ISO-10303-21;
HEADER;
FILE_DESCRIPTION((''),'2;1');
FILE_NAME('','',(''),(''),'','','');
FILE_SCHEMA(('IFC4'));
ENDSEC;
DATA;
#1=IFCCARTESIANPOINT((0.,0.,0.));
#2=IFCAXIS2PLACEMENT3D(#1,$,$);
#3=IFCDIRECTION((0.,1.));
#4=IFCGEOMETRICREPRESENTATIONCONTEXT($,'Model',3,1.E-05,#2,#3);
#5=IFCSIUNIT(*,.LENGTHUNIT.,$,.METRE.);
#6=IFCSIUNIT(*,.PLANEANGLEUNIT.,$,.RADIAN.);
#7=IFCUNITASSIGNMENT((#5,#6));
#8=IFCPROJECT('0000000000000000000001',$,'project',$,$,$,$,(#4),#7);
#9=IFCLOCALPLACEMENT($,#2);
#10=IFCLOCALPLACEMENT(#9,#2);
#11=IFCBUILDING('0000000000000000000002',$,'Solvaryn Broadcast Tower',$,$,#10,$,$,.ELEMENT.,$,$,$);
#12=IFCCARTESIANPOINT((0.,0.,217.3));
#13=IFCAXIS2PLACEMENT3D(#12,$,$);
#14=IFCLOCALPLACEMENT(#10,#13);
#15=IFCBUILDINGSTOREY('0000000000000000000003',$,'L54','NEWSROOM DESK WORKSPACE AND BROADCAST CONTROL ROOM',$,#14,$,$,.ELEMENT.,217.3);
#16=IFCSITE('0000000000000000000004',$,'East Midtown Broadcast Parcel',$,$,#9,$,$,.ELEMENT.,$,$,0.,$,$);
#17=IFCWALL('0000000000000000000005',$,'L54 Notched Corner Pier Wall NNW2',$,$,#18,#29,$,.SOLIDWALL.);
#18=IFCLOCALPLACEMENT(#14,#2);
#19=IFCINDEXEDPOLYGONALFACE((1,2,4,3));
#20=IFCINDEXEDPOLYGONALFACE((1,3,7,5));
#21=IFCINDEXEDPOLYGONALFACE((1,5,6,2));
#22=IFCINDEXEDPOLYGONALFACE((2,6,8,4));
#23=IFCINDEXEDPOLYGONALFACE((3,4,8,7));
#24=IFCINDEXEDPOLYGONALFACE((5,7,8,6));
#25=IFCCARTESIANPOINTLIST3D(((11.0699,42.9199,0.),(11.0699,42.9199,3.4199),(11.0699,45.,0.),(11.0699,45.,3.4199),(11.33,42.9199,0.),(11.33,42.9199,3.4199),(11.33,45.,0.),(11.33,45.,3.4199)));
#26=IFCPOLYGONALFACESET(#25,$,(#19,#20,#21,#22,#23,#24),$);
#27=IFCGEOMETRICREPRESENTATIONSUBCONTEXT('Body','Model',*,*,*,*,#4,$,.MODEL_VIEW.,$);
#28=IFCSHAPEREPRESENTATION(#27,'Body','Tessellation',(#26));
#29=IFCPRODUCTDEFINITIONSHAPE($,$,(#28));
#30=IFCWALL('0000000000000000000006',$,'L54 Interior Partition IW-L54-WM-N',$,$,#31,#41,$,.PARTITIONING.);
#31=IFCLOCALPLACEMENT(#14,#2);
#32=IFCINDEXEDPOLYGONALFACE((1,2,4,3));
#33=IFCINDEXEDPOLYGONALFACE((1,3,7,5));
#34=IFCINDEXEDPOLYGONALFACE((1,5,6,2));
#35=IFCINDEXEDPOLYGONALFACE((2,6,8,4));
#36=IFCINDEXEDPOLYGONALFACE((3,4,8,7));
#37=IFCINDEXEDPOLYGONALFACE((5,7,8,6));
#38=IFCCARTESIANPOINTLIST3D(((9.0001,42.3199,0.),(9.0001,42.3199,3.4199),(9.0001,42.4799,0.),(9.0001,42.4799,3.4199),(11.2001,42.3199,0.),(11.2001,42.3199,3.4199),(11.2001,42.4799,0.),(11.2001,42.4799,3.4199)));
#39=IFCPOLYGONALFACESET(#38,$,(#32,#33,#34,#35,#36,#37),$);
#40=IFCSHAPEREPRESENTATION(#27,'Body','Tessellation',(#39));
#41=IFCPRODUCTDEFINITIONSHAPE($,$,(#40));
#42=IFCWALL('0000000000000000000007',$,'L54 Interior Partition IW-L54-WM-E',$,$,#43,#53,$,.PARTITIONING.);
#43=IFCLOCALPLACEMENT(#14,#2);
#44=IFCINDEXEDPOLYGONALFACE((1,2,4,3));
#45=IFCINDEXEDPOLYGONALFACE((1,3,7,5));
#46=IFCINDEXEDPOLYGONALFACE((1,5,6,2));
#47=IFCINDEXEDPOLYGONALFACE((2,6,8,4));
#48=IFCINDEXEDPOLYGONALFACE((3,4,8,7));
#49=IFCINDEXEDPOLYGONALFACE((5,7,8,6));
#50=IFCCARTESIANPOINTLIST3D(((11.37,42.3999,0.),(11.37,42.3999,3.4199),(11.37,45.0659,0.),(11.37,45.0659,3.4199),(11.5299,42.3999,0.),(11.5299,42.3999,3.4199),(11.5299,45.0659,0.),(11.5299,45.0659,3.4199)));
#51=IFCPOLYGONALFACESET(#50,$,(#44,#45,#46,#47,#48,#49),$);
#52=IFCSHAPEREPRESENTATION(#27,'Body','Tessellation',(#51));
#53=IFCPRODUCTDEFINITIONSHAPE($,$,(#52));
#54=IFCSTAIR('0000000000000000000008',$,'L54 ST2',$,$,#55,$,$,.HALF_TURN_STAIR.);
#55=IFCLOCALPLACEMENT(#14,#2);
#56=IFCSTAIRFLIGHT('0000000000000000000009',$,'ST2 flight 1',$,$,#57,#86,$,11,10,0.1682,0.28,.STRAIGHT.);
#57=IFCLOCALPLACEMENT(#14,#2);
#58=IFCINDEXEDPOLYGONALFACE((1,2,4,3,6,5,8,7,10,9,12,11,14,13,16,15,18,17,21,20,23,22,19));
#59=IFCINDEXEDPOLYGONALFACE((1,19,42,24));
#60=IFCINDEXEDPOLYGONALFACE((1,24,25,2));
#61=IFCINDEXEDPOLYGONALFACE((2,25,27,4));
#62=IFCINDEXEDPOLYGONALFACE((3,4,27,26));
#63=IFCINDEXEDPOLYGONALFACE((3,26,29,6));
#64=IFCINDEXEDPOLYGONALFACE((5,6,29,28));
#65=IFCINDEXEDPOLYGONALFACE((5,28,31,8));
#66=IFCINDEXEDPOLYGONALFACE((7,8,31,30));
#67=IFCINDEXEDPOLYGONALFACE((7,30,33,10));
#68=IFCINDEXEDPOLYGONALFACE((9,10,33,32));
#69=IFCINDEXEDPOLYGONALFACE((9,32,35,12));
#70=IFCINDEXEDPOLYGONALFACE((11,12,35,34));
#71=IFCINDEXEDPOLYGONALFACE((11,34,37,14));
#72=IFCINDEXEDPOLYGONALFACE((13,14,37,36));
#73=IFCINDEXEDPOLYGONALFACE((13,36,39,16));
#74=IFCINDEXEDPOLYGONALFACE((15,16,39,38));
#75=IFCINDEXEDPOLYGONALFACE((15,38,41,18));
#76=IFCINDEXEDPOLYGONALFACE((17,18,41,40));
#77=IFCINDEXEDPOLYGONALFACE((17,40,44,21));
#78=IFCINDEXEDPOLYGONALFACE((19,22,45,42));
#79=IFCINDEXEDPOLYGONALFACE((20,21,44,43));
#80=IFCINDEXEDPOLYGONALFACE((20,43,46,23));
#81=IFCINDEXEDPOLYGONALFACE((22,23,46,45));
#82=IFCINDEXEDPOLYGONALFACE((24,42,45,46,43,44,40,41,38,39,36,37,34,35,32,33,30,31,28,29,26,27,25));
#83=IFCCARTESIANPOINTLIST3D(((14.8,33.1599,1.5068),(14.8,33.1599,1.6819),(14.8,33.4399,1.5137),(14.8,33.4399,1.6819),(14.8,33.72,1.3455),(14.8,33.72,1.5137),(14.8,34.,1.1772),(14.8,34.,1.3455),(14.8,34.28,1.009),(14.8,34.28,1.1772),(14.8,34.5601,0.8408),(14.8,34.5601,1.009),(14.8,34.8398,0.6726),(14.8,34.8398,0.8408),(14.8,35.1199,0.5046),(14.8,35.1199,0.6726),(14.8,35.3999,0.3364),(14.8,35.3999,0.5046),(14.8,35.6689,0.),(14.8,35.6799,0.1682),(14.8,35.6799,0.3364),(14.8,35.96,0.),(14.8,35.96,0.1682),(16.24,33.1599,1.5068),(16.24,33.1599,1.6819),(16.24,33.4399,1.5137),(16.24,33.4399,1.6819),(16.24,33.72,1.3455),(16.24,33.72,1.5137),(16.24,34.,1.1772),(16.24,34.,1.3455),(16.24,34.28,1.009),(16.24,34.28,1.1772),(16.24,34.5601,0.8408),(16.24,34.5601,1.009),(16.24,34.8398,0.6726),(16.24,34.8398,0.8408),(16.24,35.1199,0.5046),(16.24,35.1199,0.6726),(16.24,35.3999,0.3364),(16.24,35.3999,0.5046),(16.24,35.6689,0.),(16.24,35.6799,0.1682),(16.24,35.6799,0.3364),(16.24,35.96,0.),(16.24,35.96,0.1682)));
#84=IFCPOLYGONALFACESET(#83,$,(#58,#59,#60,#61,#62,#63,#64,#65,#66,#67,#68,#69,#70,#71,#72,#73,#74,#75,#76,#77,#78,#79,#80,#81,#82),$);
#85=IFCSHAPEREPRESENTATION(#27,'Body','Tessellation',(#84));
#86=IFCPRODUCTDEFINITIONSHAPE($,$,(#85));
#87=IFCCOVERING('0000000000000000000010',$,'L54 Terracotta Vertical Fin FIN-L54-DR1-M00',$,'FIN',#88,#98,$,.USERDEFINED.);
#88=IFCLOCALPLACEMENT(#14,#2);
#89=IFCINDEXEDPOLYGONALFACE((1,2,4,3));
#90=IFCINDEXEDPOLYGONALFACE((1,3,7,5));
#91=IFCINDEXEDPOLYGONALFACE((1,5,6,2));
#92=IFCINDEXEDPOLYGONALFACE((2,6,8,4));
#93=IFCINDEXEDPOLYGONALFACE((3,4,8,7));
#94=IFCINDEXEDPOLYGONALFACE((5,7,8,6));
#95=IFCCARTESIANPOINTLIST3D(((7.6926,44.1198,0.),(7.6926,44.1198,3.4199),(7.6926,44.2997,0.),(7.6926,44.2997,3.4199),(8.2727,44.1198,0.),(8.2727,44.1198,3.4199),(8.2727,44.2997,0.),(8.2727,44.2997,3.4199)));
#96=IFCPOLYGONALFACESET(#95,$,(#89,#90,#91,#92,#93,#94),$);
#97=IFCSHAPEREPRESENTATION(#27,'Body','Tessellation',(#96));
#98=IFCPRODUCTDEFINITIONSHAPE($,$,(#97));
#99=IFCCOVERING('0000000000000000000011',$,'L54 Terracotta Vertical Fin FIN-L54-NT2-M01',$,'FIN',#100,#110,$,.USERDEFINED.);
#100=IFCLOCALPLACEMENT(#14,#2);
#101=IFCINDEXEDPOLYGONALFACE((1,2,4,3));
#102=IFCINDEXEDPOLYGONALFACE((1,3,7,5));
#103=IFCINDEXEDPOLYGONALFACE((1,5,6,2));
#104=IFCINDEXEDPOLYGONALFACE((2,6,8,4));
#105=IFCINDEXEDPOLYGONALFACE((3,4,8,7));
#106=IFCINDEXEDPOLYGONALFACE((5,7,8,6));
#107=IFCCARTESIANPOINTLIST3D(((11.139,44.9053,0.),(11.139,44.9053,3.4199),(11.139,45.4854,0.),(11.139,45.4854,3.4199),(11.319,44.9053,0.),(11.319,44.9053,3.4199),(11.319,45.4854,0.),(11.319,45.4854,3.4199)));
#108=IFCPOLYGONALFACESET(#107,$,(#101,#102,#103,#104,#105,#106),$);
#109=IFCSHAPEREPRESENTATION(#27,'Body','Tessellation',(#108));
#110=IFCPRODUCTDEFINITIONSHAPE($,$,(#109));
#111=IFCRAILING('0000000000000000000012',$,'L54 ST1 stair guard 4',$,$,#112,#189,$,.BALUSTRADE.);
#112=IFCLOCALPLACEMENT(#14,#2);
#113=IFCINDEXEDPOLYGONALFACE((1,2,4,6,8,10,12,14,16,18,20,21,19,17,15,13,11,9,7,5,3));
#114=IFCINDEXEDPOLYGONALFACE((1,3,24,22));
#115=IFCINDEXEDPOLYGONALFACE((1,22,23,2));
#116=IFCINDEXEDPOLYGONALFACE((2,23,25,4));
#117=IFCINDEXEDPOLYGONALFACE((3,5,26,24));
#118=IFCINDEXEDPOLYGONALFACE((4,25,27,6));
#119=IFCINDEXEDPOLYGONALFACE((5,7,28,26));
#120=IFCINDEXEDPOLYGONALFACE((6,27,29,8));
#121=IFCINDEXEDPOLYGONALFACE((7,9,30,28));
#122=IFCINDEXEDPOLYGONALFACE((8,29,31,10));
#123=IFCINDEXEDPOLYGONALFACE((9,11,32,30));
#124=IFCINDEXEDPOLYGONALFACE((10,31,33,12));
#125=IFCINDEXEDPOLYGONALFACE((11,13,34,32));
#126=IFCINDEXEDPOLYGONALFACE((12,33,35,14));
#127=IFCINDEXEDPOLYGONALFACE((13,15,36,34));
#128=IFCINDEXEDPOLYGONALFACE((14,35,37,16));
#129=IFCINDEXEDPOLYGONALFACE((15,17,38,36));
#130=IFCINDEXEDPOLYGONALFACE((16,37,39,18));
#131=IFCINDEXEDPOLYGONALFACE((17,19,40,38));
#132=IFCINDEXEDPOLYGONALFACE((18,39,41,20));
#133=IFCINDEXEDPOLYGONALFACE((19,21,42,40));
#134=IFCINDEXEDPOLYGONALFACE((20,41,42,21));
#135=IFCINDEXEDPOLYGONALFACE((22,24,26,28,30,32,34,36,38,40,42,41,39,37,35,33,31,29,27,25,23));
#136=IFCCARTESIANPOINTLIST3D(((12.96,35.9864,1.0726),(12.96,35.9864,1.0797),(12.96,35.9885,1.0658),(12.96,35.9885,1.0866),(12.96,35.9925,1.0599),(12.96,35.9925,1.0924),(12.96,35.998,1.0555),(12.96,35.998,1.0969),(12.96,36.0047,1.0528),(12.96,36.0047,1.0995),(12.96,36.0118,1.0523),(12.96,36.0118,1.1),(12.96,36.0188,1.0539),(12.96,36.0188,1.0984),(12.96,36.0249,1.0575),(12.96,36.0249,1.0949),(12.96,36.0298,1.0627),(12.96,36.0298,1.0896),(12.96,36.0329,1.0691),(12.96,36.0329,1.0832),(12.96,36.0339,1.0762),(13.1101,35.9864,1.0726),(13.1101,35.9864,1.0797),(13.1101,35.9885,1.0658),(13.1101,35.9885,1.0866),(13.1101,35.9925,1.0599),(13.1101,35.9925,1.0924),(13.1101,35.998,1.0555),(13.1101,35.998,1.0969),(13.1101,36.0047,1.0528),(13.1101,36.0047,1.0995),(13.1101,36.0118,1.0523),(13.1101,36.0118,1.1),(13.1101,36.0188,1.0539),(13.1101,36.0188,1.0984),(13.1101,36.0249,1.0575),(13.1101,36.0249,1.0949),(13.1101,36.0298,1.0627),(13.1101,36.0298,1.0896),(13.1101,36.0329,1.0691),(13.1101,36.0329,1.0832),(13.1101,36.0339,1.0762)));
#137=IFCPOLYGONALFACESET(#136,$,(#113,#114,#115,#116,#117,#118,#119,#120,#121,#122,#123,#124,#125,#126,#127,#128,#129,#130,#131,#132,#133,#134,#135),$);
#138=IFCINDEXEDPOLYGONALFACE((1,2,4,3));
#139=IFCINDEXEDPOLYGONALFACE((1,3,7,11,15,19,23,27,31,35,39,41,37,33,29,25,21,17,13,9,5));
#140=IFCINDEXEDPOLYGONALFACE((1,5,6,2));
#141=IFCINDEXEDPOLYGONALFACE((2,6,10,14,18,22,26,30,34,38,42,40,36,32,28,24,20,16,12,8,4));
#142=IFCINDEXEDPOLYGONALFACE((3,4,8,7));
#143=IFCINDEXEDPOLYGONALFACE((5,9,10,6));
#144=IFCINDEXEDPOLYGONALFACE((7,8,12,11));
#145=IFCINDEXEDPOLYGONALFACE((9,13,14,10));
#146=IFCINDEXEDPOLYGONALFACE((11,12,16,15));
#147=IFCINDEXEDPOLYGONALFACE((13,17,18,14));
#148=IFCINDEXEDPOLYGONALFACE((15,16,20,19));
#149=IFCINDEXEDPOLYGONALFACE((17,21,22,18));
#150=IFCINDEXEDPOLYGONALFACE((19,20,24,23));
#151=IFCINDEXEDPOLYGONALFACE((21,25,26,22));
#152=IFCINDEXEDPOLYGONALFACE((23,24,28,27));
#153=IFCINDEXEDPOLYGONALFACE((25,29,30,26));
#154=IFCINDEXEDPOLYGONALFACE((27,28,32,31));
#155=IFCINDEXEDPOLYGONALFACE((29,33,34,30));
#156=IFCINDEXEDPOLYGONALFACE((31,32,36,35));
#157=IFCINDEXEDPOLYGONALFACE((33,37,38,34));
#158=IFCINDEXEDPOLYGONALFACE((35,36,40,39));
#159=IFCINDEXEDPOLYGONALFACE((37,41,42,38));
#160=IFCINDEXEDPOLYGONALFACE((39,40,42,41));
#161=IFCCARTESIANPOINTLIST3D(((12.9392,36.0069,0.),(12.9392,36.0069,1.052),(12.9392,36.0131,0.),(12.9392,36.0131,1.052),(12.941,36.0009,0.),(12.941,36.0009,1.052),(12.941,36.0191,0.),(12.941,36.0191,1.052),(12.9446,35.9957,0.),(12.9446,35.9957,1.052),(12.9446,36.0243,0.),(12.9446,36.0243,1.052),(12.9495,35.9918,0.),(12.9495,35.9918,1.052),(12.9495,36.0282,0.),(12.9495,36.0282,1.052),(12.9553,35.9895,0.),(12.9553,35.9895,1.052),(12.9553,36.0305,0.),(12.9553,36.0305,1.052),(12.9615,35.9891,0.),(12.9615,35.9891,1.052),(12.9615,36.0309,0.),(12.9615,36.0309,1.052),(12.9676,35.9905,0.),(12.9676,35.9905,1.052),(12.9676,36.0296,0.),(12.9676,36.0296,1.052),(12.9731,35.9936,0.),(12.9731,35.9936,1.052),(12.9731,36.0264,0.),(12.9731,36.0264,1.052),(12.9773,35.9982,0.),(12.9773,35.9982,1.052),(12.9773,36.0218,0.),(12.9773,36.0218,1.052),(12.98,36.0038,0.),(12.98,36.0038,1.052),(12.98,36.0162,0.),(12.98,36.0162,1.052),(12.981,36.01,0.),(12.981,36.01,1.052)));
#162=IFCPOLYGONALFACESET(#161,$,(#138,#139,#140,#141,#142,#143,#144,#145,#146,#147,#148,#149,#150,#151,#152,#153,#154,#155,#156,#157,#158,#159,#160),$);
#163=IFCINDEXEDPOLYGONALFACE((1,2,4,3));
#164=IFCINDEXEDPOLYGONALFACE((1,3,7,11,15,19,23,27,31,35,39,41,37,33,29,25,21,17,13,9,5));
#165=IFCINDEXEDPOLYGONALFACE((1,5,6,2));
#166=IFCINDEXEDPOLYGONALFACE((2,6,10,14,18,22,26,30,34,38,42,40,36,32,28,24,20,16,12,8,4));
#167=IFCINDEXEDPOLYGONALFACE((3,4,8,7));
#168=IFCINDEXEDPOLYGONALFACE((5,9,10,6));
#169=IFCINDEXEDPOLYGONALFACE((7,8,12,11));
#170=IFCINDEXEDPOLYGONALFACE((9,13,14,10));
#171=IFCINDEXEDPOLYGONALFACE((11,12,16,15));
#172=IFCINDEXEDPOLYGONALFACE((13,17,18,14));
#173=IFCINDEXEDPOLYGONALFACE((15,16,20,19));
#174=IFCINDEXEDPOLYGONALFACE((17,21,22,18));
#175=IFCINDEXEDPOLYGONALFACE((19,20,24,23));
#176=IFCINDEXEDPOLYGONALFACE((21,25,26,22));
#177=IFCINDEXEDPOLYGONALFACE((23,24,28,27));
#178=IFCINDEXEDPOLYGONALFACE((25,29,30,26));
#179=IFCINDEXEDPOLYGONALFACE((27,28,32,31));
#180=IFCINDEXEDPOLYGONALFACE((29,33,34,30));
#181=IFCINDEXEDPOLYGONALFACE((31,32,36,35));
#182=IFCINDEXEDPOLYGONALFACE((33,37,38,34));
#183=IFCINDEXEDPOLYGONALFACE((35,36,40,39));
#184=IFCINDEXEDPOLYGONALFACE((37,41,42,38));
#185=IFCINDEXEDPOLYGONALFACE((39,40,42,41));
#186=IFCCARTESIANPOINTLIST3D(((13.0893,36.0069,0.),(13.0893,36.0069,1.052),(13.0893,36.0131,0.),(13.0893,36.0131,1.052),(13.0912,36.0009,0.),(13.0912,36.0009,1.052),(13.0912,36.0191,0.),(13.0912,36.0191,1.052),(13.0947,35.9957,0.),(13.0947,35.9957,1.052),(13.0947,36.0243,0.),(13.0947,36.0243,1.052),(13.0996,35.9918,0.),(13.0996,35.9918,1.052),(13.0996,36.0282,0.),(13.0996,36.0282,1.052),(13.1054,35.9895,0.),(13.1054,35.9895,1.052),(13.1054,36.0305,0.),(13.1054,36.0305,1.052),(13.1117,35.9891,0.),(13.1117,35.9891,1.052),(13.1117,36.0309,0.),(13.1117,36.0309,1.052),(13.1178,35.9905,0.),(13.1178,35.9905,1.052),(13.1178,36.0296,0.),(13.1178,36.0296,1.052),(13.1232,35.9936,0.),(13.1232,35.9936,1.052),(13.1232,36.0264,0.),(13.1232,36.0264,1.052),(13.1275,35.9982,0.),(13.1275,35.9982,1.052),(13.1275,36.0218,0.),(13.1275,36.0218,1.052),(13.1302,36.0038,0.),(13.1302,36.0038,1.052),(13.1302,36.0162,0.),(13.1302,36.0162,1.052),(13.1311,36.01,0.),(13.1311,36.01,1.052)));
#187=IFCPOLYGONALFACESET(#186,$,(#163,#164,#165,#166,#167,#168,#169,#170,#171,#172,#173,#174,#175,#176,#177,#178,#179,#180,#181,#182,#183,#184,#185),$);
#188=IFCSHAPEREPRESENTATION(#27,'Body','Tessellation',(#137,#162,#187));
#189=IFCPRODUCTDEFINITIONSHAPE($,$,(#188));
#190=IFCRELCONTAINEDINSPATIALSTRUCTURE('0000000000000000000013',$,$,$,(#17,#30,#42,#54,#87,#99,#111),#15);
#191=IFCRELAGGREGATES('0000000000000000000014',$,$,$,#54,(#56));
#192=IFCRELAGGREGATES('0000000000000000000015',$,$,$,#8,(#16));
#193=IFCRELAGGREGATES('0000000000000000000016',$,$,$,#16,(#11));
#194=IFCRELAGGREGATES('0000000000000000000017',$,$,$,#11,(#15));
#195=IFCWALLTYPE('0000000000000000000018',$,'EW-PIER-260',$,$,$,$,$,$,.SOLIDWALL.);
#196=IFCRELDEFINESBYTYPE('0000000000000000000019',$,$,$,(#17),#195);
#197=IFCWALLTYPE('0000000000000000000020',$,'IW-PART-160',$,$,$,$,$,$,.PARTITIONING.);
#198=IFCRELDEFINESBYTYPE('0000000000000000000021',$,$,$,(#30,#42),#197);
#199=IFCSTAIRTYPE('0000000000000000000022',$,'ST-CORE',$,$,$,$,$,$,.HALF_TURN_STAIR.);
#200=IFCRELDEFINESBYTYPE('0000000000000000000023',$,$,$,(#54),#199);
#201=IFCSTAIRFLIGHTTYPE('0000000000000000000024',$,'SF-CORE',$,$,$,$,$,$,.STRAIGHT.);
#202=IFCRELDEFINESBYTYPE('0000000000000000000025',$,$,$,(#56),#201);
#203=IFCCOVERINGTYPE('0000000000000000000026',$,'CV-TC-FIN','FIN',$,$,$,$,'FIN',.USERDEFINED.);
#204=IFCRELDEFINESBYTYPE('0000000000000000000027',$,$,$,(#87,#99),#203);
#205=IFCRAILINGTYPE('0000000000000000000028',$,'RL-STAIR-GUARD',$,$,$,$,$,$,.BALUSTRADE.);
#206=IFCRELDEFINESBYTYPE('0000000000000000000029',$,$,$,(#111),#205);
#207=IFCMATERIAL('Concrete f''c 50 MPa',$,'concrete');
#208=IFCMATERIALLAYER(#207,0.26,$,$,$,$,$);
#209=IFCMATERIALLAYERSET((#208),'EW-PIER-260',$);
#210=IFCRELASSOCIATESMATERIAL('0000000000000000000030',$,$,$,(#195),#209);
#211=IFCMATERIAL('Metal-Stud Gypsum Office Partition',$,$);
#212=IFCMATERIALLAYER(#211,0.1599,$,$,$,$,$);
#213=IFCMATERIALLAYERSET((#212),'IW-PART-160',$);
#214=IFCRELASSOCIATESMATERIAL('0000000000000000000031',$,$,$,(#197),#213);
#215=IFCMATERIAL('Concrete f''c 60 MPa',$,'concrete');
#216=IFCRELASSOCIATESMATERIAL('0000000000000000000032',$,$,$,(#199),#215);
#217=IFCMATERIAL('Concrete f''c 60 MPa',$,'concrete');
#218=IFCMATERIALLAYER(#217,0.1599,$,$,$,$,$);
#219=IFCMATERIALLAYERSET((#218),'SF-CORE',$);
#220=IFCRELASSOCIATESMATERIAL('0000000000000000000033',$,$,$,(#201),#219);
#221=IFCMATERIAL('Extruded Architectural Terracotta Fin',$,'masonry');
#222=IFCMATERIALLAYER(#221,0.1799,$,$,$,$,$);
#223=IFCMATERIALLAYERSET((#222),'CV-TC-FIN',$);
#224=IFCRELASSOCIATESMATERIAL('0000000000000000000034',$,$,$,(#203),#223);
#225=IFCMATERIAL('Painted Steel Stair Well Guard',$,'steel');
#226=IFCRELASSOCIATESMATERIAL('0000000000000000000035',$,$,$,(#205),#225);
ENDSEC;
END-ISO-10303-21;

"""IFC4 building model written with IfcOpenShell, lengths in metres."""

from ifc_helpers import new_model, si_unit, direction, frame, frame_2d, origin, origin_2d, place, context, subcontext, project, spatial, polyline, rectangle, circle, outline, extrude, material, layer, layer_set, type_object, element, aggregate, save


model = new_model("IFC4")

# Units and contexts
model_context = context("Model", 3, precision=1e-05, world=origin(), true_north=direction((0.0, 1.0)))
body_context = subcontext(model_context, "Body", "Model", "MODEL_VIEW")
ifc_project = project(units=[si_unit("LENGTHUNIT", "METRE"), si_unit("PLANEANGLEUNIT", "RADIAN")], contexts=[model_context])

# Site, building, storey
site_placement = place(None, origin())
site = spatial("IfcSite", under=ifc_project, at=site_placement, Name="East Midtown Broadcast Parcel", CompositionType="ELEMENT", RefElevation=0.0)
building_placement = place(site_placement, origin())
building = spatial("IfcBuilding", under=site, at=building_placement, Name="Solvaryn Broadcast Tower", CompositionType="ELEMENT")
storey_placement = place(building_placement, frame((0.0, 0.0, 217.3)))
storey = spatial("IfcBuildingStorey", under=building, at=storey_placement, Name="L54", Description="NEWSROOM DESK WORKSPACE AND BROADCAST CONTROL ROOM", CompositionType="ELEMENT", Elevation=217.3)

# Walls
ifc_material_1 = material(Name="Concrete f'c 50 MPa", Category="concrete")
ifc_layer_1 = layer(ifc_material_1, 0.26)
ifc_layer_set_1 = layer_set([ifc_layer_1], Name="EW-PIER-260")
wall_type_1 = type_object("IfcWallType", Name="EW-PIER-260", PredefinedType="SOLIDWALL", material=ifc_layer_set_1)
wall_1_placement = place(storey_placement, frame((11.2, 42.9199, 0.0), z_axis=(0.0, 0.0, 1.0), x_axis=(0.0, 1.0, 0.0)))
element("IfcWall", 1, at=wall_1_placement, inside=storey, type_object=wall_type_1, Name="L54 Notched Corner Pier Wall NNW2", PredefinedType="SOLIDWALL", context=body_context, shape_type="SweptSolid", body=[
    extrude(rectangle(XDim=2.0801, YDim=0.26, at=frame_2d((1.04, 0.0))), origin(), (0.0, 0.0, 1.0), 3.4199),
])
ifc_material_2 = material(Name="Metal-Stud Gypsum Office Partition")
ifc_layer_2 = layer(ifc_material_2, 0.1599)
ifc_layer_set_2 = layer_set([ifc_layer_2], Name="IW-PART-160")
wall_type_2 = type_object("IfcWallType", Name="IW-PART-160", PredefinedType="PARTITIONING", material=ifc_layer_set_2)
wall_2_placement = place(storey_placement, frame((9.0, 42.3999, 0.0), z_axis=(0.0, 0.0, 1.0), x_axis=(1.0, 0.0, 0.0)))
element("IfcWall", 2, at=wall_2_placement, inside=storey, type_object=wall_type_2, Name="L54 Interior Partition IW-L54-WM-N", PredefinedType="PARTITIONING", context=body_context, shape_type="SweptSolid", body=[
    extrude(rectangle(XDim=2.2, YDim=0.1599, at=frame_2d((1.1001, 0.0))), origin(), (0.0, 0.0, 1.0), 3.4199),
])
wall_3_placement = place(storey_placement, frame((11.45, 42.3999, 0.0), z_axis=(0.0, 0.0, 1.0), x_axis=(0.0, 1.0, 0.0)))
element("IfcWall", 3, at=wall_3_placement, inside=storey, type_object=wall_type_2, Name="L54 Interior Partition IW-L54-WM-E", PredefinedType="PARTITIONING", context=body_context, shape_type="SweptSolid", body=[
    extrude(rectangle(XDim=2.666, YDim=0.1599, at=frame_2d((1.333, 0.0))), origin(), (0.0, 0.0, 1.0), 3.4199),
])

# Stair, stair flight
ifc_material_3 = material(Name="Concrete f'c 60 MPa", Category="concrete")
stair_type = type_object("IfcStairType", Name="ST-CORE", PredefinedType="HALF_TURN_STAIR", material=ifc_material_3)
stair_placement = place(storey_placement, origin())
stair = element("IfcStair", 4, at=stair_placement, inside=storey, type_object=stair_type, Name="L54 ST2", PredefinedType="HALF_TURN_STAIR")
ifc_material_4 = material(Name="Concrete f'c 60 MPa", Category="concrete")
ifc_layer_3 = layer(ifc_material_4, 0.1599)
ifc_layer_set_3 = layer_set([ifc_layer_3], Name="SF-CORE")
stair_flight_type = type_object("IfcStairFlightType", Name="SF-CORE", PredefinedType="STRAIGHT", material=ifc_layer_set_3)
stair_flight_placement = place(storey_placement, frame((15.52, 35.96, 0.0), z_axis=(0.0, 0.0, 1.0), x_axis=(0.0, -1.0, 0.0)))
stair_flight = element("IfcStairFlight", 5, at=stair_flight_placement, type_object=stair_flight_type, Name="ST2 flight 1", NumberOfRisers=11, NumberOfTreads=10, PredefinedType="STRAIGHT", RiserHeight=0.1682, TreadLength=0.28, context=body_context, shape_type="SweptSolid", body=[
    extrude(outline(polyline([(0.0, 0.0), (0.0, 0.1682), (0.28, 0.1682), (0.28, 0.3364), (0.5601, 0.3364), (0.5601, 0.5046), (0.8401, 0.5046), (0.8401, 0.6726), (1.1201, 0.6726), (1.1201, 0.8408), (1.3999, 0.8408), (1.3999, 1.009), (1.6799, 1.009), (1.6799, 1.1772), (1.96, 1.1772), (1.96, 1.3455), (2.24, 1.3455), (2.24, 1.5137), (2.52, 1.5137), (2.52, 1.6819), (2.8, 1.6819), (2.8, 1.8501), (2.8, 1.5068), (0.291, 0.0), (0.0, 0.0)])), frame((0.0, 0.72, 0.0), z_axis=(0.0, -1.0, 0.0), x_axis=(1.0, 0.0, 0.0)), (0.0, 0.0, 1.0), 1.4399),
])
aggregate(stair, [stair_flight])

# Coverings
ifc_material_5 = material(Name="Extruded Architectural Terracotta Fin", Category="masonry")
ifc_layer_4 = layer(ifc_material_5, 0.1799)
ifc_layer_set_4 = layer_set([ifc_layer_4], Name="CV-TC-FIN")
covering_type = type_object("IfcCoveringType", Name="CV-TC-FIN", Description="FIN", ElementType="FIN", PredefinedType="USERDEFINED", material=ifc_layer_set_4)
covering_1_placement = place(storey_placement, frame((7.9827, 44.2097, 0.0), z_axis=(0.0, 0.0, 1.0), x_axis=(1.0, 0.0, 0.0)))
element("IfcCovering", 6, at=covering_1_placement, inside=storey, type_object=covering_type, Name="L54 Terracotta Vertical Fin FIN-L54-DR1-M00", ObjectType="FIN", PredefinedType="USERDEFINED", context=body_context, shape_type="SweptSolid", body=[
    extrude(rectangle(XDim=0.5801, YDim=0.1799, at=origin_2d()), origin(), (0.0, 0.0, 1.0), 3.4199),
])
covering_2_placement = place(storey_placement, frame((11.229, 45.1953, 0.0), z_axis=(0.0, 0.0, 1.0), x_axis=(1.0, 0.0, 0.0)))
element("IfcCovering", 7, at=covering_2_placement, inside=storey, type_object=covering_type, Name="L54 Terracotta Vertical Fin FIN-L54-NT2-M01", ObjectType="FIN", PredefinedType="USERDEFINED", context=body_context, shape_type="SweptSolid", body=[
    extrude(rectangle(XDim=0.1799, YDim=0.5801, at=origin_2d()), origin(), (0.0, 0.0, 1.0), 3.4199),
])

# Railing
ifc_material_6 = material(Name="Painted Steel Stair Well Guard", Category="steel")
railing_type_1 = type_object("IfcRailingType", Name="RL-STAIR-GUARD", PredefinedType="BALUSTRADE", material=ifc_material_6)
railing_1_placement = place(storey_placement, frame((12.96, 36.01, 0.0)))
element("IfcRailing", 8, at=railing_1_placement, inside=storey, type_object=railing_type_1, Name="L54 ST1 stair guard 4", PredefinedType="BALUSTRADE", context=body_context, shape_type="SweptSolid", body=[
    extrude(circle(Radius=0.0239, at=origin_2d()), frame((0.0, 0.0, 1.0762), z_axis=(1.0, 0.0, 0.0), x_axis=(0.0, 1.0, 0.0)), (0.0, 0.0, 1.0), 0.1501),
    extrude(circle(Radius=0.021, at=origin_2d()), origin(), (0.0, 0.0, 1.0), 1.052),
    extrude(circle(Radius=0.021, at=origin_2d()), frame((0.1501, 0.0, 0.0)), (0.0, 0.0, 1.0), 1.052),
])

save(model, "model.ifc")
